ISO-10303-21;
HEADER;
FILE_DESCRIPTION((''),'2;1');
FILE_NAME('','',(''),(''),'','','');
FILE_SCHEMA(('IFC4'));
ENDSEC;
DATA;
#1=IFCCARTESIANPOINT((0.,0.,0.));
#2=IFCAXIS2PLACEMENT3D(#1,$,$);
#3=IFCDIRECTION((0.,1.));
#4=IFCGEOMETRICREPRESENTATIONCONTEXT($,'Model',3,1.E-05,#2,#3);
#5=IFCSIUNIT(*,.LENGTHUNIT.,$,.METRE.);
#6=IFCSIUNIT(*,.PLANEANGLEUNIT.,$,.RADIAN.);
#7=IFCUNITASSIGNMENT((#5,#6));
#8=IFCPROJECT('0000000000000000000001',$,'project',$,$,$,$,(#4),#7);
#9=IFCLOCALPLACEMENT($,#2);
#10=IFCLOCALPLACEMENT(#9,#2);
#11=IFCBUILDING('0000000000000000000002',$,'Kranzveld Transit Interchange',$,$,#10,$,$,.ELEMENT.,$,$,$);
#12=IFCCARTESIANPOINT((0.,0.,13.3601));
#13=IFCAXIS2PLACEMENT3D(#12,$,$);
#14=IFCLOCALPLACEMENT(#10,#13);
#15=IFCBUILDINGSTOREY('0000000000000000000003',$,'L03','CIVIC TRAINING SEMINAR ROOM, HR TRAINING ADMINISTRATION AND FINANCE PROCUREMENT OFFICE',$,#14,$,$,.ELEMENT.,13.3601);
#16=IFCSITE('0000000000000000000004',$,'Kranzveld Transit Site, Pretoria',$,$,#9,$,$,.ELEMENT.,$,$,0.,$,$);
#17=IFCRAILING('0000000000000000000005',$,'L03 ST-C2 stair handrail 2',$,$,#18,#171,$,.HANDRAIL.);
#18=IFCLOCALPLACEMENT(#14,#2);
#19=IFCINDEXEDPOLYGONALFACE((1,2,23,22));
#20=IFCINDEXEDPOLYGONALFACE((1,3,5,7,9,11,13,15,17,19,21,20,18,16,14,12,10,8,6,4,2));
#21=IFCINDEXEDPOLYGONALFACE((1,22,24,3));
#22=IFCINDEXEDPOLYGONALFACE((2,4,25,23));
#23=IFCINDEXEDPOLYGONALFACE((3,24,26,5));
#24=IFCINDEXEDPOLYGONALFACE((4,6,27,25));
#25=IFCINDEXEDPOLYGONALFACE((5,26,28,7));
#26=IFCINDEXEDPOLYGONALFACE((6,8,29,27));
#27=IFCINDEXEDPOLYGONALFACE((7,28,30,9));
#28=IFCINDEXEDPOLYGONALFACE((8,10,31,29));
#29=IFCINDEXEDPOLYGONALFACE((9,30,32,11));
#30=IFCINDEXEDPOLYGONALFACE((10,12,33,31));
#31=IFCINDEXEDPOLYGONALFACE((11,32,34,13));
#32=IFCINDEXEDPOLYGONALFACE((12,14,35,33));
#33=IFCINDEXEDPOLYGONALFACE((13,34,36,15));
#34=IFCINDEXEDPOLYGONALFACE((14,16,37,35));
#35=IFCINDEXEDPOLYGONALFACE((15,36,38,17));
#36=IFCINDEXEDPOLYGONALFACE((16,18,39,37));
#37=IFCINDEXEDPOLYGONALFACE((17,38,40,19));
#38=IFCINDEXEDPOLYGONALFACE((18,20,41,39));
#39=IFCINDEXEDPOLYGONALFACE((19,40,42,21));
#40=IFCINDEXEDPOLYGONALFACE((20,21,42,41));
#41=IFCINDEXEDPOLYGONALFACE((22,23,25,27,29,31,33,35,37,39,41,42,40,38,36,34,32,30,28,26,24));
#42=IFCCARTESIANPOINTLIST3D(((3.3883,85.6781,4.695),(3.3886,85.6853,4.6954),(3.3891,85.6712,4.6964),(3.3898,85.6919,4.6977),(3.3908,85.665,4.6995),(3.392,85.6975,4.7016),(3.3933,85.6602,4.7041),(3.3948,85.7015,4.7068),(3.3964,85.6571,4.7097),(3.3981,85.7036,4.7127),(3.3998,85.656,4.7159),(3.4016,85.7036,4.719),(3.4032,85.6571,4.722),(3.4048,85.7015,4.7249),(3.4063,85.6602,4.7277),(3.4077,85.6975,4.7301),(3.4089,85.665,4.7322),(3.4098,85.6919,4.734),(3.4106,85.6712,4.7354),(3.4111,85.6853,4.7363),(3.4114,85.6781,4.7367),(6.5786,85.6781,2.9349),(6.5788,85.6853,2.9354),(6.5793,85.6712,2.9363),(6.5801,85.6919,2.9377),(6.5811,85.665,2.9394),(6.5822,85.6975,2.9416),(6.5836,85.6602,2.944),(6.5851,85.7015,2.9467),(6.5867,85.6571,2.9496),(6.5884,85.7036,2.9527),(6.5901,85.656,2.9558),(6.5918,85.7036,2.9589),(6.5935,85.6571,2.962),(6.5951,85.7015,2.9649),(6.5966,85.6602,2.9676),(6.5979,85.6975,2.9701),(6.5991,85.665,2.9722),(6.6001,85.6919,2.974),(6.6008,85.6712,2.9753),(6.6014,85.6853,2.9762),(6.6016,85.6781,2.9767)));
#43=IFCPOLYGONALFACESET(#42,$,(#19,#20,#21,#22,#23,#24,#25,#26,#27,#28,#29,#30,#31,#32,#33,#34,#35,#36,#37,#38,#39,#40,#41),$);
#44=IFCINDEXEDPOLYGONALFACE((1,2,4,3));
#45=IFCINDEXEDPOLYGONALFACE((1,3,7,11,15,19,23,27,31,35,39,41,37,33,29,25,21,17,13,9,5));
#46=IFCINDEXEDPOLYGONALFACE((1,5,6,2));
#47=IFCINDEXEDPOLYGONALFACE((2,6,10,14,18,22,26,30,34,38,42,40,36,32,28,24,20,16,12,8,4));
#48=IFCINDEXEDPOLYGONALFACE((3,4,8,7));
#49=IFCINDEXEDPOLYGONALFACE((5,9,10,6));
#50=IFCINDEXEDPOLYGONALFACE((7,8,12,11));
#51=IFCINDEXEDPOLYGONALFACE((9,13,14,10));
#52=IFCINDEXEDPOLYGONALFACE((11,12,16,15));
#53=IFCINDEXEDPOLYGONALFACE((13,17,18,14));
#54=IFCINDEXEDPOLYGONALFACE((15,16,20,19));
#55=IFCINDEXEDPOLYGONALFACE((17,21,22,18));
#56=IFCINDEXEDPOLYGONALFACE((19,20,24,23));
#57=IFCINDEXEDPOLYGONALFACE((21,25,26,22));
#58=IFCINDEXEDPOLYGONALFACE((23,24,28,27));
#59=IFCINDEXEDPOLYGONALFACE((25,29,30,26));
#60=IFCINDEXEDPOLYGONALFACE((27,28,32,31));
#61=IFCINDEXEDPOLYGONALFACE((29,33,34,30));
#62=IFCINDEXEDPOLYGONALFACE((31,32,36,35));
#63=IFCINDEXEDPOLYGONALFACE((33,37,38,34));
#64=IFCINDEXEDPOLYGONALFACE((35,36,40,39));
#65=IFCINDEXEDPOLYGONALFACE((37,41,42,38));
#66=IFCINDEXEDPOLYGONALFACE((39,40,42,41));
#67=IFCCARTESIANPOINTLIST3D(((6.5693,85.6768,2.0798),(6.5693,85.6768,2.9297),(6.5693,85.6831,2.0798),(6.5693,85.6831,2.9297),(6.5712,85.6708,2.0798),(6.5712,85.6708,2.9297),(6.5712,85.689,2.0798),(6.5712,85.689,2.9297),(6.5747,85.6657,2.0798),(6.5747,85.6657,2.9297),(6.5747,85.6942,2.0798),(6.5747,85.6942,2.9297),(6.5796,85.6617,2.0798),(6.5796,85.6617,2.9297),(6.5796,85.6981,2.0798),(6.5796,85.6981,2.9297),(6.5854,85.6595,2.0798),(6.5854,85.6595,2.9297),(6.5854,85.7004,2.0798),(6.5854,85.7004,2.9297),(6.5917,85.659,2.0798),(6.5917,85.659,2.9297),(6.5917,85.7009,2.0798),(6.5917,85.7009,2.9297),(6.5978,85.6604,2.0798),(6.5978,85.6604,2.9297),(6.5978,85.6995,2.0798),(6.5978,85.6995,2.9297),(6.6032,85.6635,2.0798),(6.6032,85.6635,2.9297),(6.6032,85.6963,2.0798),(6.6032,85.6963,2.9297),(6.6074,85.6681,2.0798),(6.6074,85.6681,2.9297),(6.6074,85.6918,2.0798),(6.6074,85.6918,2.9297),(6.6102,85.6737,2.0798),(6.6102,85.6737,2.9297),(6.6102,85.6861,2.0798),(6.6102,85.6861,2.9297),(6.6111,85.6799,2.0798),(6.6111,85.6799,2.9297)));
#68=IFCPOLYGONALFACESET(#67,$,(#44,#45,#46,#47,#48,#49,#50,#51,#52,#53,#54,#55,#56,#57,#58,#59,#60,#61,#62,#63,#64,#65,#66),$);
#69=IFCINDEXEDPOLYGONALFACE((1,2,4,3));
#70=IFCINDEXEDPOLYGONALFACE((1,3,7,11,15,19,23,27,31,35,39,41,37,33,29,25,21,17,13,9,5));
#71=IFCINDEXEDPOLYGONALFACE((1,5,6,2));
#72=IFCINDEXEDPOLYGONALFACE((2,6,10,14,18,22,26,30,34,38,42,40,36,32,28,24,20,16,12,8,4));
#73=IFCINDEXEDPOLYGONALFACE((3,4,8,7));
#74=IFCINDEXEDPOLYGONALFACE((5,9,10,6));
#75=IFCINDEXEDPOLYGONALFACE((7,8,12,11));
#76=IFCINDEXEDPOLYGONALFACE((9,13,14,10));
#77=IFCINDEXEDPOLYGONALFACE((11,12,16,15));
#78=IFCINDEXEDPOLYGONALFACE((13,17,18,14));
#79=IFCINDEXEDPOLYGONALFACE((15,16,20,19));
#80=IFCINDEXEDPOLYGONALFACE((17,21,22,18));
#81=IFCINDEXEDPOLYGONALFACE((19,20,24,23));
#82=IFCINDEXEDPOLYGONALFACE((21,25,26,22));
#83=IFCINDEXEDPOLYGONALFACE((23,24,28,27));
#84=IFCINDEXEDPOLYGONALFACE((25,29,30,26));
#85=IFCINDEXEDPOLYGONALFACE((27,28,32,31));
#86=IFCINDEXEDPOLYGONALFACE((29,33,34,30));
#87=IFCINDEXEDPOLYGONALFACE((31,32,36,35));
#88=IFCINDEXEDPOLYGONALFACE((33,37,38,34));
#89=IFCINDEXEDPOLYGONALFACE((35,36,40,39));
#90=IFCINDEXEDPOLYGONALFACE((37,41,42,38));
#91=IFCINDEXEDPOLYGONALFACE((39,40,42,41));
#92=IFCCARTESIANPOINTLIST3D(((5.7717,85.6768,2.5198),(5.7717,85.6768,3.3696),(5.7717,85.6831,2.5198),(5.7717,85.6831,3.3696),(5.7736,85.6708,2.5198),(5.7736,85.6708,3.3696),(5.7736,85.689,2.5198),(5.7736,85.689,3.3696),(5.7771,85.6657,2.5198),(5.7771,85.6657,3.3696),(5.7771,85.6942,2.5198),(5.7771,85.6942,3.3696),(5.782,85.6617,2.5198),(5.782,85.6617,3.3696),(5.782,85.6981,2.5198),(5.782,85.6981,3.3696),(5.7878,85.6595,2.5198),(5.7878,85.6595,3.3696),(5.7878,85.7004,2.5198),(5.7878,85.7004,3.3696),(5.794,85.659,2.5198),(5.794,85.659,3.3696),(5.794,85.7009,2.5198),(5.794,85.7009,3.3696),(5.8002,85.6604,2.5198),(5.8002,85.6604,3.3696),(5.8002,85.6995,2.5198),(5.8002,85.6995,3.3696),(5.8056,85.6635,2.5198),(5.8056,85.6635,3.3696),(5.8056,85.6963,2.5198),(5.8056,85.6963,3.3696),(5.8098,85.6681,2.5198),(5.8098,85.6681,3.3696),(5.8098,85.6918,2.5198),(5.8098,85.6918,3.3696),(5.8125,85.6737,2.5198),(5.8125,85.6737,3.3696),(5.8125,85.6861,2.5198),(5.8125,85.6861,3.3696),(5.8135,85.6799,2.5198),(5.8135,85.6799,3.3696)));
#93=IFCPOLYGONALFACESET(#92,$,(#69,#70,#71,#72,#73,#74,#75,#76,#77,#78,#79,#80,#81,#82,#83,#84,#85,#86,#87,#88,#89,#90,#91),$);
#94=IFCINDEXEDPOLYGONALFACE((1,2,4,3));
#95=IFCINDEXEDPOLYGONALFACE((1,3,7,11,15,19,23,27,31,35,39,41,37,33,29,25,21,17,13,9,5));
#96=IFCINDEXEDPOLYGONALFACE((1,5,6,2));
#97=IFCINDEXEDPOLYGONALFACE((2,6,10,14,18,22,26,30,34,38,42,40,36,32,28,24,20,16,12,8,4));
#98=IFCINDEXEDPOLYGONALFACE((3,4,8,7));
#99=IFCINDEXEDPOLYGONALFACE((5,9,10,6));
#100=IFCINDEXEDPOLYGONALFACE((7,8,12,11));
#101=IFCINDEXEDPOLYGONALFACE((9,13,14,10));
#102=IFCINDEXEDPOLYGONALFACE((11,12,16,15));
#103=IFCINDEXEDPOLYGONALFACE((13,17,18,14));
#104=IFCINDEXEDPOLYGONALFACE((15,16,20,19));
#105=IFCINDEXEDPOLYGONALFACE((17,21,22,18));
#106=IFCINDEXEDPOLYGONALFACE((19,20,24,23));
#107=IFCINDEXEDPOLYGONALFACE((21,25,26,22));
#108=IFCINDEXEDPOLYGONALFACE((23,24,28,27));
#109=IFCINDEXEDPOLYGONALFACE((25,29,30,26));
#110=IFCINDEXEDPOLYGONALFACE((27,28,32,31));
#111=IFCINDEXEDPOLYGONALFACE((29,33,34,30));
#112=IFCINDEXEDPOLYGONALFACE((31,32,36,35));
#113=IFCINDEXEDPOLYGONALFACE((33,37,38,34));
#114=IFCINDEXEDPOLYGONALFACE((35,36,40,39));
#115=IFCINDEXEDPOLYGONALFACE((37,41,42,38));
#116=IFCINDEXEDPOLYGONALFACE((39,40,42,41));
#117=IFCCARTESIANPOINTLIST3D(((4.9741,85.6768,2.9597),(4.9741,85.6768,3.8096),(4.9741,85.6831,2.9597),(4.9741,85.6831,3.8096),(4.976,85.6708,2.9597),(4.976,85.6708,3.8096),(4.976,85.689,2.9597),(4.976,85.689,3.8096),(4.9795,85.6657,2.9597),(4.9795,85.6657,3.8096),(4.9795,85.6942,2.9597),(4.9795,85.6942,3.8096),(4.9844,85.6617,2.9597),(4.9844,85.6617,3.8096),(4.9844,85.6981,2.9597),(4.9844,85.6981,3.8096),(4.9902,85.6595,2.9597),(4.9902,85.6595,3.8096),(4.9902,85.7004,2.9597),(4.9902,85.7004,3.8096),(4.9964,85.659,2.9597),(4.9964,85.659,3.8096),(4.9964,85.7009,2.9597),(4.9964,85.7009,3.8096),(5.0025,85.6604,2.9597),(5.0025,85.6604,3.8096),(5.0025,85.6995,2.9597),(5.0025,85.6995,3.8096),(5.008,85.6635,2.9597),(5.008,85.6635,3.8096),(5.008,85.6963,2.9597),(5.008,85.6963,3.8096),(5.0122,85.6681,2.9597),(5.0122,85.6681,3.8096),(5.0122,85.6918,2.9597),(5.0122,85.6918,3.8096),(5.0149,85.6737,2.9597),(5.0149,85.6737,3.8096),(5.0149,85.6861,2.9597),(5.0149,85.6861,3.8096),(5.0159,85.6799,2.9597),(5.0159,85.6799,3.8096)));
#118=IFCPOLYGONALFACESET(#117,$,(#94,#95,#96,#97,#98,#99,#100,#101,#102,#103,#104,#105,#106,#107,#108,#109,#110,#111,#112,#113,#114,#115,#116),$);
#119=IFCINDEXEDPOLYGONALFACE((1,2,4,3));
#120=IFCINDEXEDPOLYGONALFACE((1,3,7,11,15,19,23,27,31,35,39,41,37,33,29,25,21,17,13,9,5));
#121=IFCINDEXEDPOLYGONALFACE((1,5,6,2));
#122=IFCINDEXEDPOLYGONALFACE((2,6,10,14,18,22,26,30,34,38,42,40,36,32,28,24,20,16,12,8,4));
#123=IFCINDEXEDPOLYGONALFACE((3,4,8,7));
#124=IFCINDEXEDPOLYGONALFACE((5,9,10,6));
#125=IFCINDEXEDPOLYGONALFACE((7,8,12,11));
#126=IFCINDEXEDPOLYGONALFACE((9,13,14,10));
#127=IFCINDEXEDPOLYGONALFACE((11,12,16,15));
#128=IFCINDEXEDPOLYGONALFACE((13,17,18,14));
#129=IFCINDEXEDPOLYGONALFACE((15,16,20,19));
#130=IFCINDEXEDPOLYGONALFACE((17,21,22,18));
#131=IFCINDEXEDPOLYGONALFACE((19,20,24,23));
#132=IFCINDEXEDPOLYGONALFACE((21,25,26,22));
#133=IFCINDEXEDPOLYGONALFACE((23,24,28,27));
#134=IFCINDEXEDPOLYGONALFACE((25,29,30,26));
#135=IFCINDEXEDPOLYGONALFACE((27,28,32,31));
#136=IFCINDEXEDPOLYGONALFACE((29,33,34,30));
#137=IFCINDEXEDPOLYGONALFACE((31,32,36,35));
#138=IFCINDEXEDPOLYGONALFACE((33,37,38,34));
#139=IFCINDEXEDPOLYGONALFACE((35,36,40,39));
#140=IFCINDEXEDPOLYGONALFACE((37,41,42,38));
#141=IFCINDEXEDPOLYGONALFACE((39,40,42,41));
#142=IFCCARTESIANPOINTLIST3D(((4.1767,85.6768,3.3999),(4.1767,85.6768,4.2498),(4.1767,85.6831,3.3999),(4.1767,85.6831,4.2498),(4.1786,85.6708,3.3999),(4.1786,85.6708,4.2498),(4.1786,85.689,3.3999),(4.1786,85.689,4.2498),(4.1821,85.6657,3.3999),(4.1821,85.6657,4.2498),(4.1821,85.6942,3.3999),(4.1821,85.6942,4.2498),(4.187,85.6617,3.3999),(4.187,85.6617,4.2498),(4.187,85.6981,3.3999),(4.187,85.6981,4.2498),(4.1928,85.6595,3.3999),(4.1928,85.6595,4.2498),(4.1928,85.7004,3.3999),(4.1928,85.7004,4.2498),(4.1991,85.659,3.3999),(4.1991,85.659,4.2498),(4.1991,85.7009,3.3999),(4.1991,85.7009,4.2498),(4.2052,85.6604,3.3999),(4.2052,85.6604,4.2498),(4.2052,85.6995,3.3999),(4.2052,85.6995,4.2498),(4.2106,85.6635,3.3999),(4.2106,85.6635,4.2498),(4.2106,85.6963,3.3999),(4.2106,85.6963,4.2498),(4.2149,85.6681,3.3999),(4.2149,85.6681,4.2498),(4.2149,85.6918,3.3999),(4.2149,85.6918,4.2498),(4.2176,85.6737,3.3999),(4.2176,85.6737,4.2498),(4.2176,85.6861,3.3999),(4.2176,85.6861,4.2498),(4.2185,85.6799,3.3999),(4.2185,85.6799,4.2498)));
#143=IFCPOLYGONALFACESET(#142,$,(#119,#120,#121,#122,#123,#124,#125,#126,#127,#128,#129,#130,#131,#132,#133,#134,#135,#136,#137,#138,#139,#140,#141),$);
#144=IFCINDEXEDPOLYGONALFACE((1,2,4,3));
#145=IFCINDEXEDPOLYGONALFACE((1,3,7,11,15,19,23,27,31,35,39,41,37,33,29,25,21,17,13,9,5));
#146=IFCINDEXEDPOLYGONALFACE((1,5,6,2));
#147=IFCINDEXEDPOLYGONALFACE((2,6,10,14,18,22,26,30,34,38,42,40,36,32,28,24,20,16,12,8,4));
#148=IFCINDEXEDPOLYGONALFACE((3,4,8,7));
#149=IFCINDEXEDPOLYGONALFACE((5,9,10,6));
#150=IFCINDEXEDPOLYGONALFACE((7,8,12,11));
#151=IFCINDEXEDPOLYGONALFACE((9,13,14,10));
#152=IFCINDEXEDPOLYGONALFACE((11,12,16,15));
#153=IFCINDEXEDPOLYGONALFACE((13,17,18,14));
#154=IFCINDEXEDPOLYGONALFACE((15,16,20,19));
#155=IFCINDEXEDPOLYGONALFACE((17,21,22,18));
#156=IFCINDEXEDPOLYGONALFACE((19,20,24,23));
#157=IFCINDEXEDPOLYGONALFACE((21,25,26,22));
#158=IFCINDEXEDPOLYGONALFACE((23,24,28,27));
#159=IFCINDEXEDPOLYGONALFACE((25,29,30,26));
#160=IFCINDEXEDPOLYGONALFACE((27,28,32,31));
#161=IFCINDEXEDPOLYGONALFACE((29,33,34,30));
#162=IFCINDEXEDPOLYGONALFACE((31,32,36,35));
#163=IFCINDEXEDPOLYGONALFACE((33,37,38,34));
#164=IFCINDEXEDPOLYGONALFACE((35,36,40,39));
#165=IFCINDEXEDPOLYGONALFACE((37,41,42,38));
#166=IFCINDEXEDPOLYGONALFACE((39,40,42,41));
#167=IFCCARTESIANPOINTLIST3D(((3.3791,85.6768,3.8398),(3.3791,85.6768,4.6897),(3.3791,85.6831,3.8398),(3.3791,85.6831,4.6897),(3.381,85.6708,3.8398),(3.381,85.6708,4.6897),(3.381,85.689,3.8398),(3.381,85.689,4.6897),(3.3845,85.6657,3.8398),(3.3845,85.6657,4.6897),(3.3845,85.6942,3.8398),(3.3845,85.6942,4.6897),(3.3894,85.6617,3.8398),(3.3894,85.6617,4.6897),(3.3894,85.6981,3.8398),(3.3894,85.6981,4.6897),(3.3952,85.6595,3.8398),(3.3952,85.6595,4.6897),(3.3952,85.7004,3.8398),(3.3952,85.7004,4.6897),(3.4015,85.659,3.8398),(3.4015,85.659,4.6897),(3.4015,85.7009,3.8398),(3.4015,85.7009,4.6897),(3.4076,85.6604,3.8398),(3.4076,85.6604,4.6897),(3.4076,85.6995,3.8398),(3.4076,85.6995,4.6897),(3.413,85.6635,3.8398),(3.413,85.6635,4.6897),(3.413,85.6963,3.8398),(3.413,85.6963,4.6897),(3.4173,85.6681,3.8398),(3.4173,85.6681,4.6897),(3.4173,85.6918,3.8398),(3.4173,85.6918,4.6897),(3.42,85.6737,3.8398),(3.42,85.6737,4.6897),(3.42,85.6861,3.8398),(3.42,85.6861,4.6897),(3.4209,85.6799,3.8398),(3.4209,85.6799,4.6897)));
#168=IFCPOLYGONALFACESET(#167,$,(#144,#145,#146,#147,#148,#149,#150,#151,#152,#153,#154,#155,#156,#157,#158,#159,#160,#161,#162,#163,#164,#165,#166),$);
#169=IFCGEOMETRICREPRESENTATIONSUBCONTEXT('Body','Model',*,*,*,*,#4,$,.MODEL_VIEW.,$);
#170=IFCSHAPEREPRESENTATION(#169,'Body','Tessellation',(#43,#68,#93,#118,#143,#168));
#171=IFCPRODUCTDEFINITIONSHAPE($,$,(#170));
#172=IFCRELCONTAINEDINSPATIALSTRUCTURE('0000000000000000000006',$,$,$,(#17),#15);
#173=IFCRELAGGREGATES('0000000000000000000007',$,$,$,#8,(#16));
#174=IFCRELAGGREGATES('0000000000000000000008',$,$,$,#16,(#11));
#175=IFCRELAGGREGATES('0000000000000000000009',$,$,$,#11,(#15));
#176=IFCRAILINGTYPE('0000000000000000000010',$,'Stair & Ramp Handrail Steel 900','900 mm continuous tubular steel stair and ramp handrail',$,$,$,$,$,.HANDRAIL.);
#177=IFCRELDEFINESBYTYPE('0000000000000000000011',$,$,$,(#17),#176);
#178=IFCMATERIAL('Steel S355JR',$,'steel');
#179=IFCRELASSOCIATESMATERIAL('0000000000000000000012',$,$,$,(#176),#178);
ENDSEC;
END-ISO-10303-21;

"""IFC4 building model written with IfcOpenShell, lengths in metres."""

from ifc_helpers import new_model, si_unit, direction, frame, origin, origin_2d, place, context, subcontext, project, spatial, circle, extrude, material, type_object, element, save


model = new_model("IFC4")

# Units and contexts
model_context = context("Model", 3, precision=1e-05, world=origin(), true_north=direction((0.0, 1.0)))
body_context = subcontext(model_context, "Body", "Model", "MODEL_VIEW")
ifc_project = project(units=[si_unit("LENGTHUNIT", "METRE"), si_unit("PLANEANGLEUNIT", "RADIAN")], contexts=[model_context])

# Site, building, storey
site_placement = place(None, origin())
site = spatial("IfcSite", under=ifc_project, at=site_placement, Name="Kranzveld Transit Site, Pretoria", CompositionType="ELEMENT", RefElevation=0.0)
building_placement = place(site_placement, origin())
building = spatial("IfcBuilding", under=site, at=building_placement, Name="Kranzveld Transit Interchange", CompositionType="ELEMENT")
storey_placement = place(building_placement, frame((0.0, 0.0, 13.3601)))
storey = spatial("IfcBuildingStorey", under=building, at=storey_placement, Name="L03", Description="CIVIC TRAINING SEMINAR ROOM, HR TRAINING ADMINISTRATION AND FINANCE PROCUREMENT OFFICE", CompositionType="ELEMENT", Elevation=13.3601)

# Railing
ifc_material_1 = material(Name="Steel S355JR", Category="steel")
railing_type_1 = type_object("IfcRailingType", Name="Stair & Ramp Handrail Steel 900", Description="900 mm continuous tubular steel stair and ramp handrail", PredefinedType="HANDRAIL", material=ifc_material_1)
railing_1_placement = place(storey_placement, frame((6.5901, 85.6799, 2.0798)))
element("IfcRailing", 1, at=railing_1_placement, inside=storey, type_object=railing_type_1, Name="L03 ST-C2 stair handrail 2", PredefinedType="HANDRAIL", context=body_context, shape_type="SweptSolid", body=[
    extrude(circle(Radius=0.0239, at=origin_2d()), frame((0.0, 0.0, 0.876), z_axis=(-0.875588, 0.0, 0.483058), x_axis=(0.0, -1.0, 0.0)), (0.0, 0.0, 1.0), 3.6436),
    extrude(circle(Radius=0.021, at=origin_2d()), origin(), (0.0, 0.0, 1.0), 0.8499),
    extrude(circle(Radius=0.021, at=origin_2d()), frame((-0.7976, 0.0, 0.4399)), (0.0, 0.0, 1.0), 0.8499),
    extrude(circle(Radius=0.021, at=origin_2d()), frame((-1.5952, 0.0, 0.8799)), (0.0, 0.0, 1.0), 0.8499),
    extrude(circle(Radius=0.021, at=origin_2d()), frame((-2.3926, 0.0, 1.3201)), (0.0, 0.0, 1.0), 0.8499),
    extrude(circle(Radius=0.021, at=origin_2d()), frame((-3.1902, 0.0, 1.76)), (0.0, 0.0, 1.0), 0.8499),
])

save(model, "model.ifc")
